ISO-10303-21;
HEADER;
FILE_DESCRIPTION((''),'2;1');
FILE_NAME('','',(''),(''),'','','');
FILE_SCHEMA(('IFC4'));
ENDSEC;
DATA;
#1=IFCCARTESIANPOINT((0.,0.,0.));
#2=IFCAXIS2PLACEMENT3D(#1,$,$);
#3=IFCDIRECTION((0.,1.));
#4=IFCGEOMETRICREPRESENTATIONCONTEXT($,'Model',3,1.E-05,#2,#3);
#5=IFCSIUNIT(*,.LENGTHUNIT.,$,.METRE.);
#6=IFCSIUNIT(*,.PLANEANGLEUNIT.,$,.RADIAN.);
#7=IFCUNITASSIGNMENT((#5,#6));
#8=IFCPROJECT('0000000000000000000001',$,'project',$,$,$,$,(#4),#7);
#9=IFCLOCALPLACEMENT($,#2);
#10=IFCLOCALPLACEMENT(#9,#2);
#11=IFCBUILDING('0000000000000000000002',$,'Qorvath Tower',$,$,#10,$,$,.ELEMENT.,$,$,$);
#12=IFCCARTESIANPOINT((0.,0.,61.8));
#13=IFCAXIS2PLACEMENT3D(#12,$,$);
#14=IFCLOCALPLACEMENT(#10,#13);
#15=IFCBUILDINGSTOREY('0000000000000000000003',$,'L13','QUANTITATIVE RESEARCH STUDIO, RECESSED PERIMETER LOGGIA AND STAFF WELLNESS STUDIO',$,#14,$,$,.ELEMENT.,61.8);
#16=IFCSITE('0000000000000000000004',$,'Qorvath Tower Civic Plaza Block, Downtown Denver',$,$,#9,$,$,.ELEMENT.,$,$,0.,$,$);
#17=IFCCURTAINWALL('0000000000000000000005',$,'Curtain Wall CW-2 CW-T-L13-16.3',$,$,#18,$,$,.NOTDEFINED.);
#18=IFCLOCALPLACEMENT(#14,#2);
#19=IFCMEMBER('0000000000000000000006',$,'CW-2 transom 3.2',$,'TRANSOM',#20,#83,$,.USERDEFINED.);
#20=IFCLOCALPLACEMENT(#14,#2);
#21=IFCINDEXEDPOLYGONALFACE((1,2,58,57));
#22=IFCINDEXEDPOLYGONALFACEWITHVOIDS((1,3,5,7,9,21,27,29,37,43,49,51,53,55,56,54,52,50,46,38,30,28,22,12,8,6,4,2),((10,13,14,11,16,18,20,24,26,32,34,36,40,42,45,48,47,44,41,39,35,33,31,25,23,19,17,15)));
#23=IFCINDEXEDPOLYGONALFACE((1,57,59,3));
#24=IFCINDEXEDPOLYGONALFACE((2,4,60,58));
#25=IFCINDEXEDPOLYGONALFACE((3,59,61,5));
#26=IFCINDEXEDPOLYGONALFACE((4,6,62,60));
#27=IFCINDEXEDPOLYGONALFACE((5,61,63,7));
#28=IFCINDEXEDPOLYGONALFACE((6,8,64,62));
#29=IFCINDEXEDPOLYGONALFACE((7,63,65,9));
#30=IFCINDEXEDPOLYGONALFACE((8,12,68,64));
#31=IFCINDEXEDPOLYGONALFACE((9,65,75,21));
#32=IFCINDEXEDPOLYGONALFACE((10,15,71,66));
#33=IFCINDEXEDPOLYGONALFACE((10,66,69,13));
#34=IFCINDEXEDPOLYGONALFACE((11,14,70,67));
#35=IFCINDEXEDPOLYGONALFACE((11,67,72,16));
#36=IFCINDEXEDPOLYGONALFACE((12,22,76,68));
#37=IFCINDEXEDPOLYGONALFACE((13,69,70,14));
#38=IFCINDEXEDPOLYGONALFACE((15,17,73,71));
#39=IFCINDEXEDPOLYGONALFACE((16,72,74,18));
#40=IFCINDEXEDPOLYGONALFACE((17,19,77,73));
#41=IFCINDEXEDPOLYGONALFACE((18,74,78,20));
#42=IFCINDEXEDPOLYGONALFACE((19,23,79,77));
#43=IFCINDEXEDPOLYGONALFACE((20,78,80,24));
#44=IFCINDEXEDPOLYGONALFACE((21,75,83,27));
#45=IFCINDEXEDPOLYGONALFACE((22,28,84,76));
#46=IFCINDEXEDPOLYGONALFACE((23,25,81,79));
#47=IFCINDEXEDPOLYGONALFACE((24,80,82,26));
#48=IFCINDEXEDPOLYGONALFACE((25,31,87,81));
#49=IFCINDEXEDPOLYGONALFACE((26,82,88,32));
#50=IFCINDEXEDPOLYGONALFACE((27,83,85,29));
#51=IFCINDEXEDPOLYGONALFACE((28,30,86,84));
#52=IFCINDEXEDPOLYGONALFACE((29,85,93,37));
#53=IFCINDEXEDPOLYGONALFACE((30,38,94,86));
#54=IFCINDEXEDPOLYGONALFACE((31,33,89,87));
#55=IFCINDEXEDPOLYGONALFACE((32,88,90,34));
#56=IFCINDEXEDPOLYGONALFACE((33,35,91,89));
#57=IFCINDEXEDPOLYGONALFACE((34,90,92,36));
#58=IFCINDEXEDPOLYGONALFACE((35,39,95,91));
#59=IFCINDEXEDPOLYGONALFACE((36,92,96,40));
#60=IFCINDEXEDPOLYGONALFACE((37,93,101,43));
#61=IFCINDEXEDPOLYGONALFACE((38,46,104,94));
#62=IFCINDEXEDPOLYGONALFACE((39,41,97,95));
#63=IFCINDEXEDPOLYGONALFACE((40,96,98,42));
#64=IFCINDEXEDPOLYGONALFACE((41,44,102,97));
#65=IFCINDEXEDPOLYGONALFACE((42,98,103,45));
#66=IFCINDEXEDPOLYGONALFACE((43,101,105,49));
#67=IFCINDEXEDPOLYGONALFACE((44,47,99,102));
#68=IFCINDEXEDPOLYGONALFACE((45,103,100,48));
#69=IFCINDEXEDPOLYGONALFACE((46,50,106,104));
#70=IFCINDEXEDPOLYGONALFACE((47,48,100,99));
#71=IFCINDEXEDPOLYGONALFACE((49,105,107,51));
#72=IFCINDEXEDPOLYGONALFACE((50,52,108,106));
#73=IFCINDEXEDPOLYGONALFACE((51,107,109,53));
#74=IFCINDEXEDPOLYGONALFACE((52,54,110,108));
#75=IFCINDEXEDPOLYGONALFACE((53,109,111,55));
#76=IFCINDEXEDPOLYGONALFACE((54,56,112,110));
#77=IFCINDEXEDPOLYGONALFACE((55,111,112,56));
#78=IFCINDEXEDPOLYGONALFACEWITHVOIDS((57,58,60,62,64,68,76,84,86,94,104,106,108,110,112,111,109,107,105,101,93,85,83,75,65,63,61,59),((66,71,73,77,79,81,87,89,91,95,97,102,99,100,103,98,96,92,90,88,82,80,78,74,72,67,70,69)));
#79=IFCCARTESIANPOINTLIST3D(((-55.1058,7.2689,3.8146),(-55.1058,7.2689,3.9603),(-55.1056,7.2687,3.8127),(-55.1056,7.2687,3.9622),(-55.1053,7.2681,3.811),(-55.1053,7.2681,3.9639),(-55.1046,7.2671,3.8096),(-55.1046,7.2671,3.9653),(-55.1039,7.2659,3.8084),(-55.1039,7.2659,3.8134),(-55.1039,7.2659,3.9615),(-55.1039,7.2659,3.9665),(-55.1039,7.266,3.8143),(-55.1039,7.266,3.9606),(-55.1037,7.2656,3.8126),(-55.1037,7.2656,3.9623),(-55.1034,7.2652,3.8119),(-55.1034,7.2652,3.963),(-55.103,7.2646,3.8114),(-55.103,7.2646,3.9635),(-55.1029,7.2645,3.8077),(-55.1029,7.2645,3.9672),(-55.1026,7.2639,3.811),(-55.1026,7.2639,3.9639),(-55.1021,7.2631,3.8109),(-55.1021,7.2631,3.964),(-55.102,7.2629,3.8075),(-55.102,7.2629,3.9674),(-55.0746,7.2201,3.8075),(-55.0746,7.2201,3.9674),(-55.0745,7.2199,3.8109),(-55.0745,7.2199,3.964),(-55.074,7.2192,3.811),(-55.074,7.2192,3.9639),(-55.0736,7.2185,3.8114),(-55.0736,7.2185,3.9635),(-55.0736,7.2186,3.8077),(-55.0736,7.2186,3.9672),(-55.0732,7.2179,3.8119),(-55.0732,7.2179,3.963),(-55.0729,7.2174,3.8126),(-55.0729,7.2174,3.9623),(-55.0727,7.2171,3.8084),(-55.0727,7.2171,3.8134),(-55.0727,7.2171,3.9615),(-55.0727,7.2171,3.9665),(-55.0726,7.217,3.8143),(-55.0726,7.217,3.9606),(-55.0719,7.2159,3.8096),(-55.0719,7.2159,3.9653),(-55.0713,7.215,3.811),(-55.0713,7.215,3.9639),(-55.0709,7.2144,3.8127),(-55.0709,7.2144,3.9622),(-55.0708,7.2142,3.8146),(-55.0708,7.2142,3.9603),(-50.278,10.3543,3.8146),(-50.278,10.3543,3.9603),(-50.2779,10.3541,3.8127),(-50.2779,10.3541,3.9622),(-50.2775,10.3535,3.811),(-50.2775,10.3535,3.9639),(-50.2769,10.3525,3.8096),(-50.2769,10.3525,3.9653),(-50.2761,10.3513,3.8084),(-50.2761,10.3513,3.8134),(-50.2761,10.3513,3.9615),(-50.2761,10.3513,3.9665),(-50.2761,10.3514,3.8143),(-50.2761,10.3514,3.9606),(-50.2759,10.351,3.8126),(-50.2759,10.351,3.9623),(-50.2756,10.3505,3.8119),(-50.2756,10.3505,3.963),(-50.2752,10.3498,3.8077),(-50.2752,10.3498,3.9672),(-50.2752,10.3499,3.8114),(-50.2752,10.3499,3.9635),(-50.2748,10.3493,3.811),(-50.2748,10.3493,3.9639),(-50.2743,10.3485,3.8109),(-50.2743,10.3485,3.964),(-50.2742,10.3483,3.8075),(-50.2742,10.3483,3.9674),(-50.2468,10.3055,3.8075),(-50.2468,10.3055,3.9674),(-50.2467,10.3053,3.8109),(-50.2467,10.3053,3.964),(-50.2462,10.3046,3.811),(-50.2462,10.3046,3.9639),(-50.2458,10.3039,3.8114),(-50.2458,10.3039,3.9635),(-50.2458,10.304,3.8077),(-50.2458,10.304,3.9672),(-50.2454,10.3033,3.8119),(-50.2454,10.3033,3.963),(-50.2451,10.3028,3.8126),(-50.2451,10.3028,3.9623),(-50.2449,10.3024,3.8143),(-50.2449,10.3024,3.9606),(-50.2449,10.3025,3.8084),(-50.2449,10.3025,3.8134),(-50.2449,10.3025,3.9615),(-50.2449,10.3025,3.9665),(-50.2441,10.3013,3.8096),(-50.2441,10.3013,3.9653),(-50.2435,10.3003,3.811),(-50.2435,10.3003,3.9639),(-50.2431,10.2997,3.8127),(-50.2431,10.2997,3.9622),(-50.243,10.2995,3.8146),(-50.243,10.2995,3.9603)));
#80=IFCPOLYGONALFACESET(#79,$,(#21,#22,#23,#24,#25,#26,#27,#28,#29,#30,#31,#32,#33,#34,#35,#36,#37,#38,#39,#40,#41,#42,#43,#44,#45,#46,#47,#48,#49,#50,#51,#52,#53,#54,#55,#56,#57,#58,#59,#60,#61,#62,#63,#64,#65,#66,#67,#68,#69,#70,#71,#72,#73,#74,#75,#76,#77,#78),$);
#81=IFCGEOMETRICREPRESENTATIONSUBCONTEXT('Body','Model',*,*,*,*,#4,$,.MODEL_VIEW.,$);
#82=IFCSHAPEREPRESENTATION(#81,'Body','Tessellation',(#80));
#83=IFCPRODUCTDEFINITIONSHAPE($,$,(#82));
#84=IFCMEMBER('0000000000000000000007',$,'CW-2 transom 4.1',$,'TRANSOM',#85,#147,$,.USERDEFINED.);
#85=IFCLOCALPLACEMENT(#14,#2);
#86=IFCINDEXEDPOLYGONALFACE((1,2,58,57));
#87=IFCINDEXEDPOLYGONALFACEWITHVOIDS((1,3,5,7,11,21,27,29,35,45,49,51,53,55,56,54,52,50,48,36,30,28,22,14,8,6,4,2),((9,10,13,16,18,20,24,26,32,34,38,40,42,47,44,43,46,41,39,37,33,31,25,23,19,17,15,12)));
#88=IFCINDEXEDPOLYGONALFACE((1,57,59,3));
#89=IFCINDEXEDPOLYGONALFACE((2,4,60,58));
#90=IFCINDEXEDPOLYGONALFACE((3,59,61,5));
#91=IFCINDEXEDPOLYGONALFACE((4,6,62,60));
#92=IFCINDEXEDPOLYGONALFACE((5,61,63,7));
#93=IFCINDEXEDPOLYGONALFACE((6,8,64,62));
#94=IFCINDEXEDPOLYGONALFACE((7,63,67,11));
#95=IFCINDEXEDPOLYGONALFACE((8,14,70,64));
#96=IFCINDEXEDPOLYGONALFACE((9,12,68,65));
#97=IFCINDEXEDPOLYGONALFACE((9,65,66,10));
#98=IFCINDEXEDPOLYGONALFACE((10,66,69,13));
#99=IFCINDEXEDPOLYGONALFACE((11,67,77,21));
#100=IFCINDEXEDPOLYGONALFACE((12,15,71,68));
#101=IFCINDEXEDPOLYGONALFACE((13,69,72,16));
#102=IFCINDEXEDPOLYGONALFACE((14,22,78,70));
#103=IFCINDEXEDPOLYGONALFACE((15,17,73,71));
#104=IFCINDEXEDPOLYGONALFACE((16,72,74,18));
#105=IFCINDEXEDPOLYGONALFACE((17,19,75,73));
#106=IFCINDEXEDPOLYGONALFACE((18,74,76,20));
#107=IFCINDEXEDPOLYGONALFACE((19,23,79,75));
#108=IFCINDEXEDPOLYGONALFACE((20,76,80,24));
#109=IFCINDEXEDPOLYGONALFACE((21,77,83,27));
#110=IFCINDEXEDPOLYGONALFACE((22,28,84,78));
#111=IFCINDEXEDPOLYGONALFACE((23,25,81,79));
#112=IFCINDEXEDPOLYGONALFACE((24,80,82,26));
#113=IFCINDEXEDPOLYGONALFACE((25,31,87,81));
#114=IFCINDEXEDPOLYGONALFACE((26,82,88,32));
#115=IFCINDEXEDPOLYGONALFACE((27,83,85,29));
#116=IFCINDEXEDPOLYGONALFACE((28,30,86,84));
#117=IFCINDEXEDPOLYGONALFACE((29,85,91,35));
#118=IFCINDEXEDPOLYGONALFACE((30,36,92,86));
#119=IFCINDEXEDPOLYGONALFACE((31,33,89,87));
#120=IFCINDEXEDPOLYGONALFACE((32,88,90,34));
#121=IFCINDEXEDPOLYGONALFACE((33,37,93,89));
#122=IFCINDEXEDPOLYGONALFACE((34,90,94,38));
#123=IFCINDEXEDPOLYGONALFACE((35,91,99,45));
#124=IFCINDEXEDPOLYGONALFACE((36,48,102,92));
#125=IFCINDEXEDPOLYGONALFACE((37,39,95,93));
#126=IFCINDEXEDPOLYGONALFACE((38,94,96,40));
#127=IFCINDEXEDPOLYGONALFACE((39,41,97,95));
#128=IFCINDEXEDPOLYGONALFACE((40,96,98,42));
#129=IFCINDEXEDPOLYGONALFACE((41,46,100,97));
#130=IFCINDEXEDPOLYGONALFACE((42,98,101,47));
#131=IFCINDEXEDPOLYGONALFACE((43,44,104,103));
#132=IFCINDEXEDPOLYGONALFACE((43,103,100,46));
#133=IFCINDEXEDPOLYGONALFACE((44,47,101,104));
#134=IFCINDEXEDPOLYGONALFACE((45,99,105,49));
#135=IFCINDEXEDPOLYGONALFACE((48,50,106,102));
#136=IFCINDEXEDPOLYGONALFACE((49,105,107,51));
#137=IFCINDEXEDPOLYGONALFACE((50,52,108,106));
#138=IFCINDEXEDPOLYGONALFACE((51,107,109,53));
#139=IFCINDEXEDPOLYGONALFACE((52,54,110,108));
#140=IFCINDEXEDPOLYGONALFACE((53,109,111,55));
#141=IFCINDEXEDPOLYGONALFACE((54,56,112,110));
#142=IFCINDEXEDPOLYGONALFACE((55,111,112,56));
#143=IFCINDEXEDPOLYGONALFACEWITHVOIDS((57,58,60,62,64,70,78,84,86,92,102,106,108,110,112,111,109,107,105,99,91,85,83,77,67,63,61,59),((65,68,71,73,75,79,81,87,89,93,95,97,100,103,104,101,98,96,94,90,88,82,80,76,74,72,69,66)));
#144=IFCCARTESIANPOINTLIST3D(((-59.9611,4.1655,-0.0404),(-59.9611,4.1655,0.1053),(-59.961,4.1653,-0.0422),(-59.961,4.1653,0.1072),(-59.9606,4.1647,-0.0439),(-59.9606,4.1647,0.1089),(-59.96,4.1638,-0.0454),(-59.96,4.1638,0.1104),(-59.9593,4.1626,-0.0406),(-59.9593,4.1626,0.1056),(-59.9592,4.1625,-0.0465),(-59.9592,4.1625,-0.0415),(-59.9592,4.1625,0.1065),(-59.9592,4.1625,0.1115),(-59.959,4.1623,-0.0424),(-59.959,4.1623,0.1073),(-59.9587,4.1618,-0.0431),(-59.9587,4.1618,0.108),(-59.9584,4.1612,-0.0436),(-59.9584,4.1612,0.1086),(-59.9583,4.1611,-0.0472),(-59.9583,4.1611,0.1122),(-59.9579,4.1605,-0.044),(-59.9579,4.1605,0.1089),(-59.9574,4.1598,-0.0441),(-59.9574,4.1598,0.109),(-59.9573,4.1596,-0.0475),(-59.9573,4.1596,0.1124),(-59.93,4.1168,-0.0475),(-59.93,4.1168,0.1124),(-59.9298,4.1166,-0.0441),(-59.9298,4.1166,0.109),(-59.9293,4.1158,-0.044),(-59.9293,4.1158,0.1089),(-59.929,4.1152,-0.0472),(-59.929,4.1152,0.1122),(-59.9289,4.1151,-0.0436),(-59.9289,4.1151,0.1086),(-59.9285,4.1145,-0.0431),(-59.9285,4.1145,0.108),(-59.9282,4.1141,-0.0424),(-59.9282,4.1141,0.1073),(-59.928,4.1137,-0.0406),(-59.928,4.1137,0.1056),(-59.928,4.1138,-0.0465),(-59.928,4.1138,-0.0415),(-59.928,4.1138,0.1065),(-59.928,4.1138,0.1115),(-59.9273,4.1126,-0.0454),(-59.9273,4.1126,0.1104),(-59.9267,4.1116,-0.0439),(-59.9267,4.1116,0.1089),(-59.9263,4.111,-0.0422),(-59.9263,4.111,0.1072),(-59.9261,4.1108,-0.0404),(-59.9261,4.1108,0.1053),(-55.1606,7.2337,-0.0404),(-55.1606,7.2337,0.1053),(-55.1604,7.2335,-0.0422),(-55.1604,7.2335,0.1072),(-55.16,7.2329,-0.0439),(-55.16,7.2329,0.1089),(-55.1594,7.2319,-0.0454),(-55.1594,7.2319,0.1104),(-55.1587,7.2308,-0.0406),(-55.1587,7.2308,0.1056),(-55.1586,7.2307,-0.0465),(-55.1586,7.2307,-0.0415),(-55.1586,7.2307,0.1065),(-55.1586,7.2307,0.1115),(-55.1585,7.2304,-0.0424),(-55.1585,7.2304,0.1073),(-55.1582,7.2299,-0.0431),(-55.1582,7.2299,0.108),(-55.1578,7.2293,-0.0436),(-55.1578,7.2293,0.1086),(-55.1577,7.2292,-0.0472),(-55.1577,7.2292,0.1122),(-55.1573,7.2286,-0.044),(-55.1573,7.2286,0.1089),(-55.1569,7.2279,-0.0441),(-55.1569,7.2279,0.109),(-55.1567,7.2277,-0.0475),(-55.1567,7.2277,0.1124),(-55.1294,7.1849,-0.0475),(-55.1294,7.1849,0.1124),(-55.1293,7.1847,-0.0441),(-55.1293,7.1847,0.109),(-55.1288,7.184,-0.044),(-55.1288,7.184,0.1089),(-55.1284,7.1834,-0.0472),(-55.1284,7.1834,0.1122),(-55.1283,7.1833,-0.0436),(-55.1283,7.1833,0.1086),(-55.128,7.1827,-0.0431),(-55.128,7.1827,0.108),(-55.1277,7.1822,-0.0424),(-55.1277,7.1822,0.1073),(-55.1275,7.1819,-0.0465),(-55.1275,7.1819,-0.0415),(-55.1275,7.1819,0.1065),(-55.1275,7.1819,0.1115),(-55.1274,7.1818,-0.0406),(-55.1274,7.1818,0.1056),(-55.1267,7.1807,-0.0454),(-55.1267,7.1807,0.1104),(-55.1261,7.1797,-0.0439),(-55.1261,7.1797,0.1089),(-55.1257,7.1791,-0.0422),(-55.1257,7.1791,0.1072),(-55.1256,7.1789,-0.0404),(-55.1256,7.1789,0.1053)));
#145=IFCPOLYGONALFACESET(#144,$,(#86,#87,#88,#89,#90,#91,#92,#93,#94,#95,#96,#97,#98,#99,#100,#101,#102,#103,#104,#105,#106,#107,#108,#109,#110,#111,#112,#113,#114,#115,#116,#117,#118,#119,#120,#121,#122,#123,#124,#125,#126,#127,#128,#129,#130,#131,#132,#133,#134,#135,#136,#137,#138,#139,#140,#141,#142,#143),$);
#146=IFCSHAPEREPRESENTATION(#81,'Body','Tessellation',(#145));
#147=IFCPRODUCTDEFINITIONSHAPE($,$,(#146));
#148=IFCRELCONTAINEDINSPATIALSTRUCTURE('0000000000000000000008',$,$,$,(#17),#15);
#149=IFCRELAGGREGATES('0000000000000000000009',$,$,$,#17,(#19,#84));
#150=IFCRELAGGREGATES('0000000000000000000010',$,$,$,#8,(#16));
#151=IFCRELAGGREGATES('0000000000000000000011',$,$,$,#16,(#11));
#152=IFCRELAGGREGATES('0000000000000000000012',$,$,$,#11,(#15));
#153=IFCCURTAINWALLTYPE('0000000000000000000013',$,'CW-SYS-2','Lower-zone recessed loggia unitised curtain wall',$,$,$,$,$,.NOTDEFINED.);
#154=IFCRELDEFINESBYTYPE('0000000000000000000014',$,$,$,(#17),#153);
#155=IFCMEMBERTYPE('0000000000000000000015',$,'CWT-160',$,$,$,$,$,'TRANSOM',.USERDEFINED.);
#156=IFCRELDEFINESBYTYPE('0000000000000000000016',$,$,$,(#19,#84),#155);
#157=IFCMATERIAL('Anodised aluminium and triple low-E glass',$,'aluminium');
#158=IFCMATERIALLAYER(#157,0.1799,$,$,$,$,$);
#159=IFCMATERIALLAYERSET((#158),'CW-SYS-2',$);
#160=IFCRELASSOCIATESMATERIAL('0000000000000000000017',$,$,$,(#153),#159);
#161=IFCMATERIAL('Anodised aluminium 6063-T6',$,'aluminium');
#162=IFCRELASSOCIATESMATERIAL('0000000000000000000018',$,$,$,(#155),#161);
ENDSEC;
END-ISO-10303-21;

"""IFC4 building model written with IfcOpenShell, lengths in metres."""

from ifc_helpers import new_model, si_unit, direction, frame, origin, origin_2d, place, context, subcontext, project, spatial, hollow_rectangle, extrude, material, layer, layer_set, material_profile, profile_set, type_object, element, aggregate, save


model = new_model("IFC4")

# Units and contexts
model_context = context("Model", 3, precision=1e-05, world=origin(), true_north=direction((0.0, 1.0)))
body_context = subcontext(model_context, "Body", "Model", "MODEL_VIEW")
ifc_project = project(units=[si_unit("LENGTHUNIT", "METRE"), si_unit("PLANEANGLEUNIT", "RADIAN")], contexts=[model_context])

# Site, building, storey
site_placement = place(None, origin())
site = spatial("IfcSite", under=ifc_project, at=site_placement, Name="Qorvath Tower Civic Plaza Block, Downtown Denver", CompositionType="ELEMENT", RefElevation=0.0)
building_placement = place(site_placement, origin())
building = spatial("IfcBuilding", under=site, at=building_placement, Name="Qorvath Tower", CompositionType="ELEMENT")
storey_placement = place(building_placement, frame((0.0, 0.0, 61.8)))
storey = spatial("IfcBuildingStorey", under=building, at=storey_placement, Name="L13", Description="QUANTITATIVE RESEARCH STUDIO, RECESSED PERIMETER LOGGIA AND STAFF WELLNESS STUDIO", CompositionType="ELEMENT", Elevation=61.8)

# Curtain wall, members
ifc_material_1 = material(Name="Anodised aluminium and triple low-E glass", Category="aluminium")
ifc_layer_1 = layer(ifc_material_1, 0.1799)
ifc_layer_set_1 = layer_set([ifc_layer_1], Name="CW-SYS-2")
curtain_wall_type = type_object("IfcCurtainWallType", Name="CW-SYS-2", Description="Lower-zone recessed loggia unitised curtain wall", PredefinedType="NOTDEFINED", material=ifc_layer_set_1)
curtain_wall_placement = place(storey_placement, origin())
curtain_wall = element("IfcCurtainWall", 1, at=curtain_wall_placement, inside=storey, type_object=curtain_wall_type, Name="Curtain Wall CW-2 CW-T-L13-16.3", PredefinedType="NOTDEFINED")
ifc_material_2 = material(Name="Anodised aluminium 6063-T6", Category="aluminium")
ifc_material_profile_1 = material_profile(ifc_material_2, hollow_rectangle(XDim=0.0649, YDim=0.1599, WallThickness=0.0034, InnerFilletRadius=0.0034, OuterFilletRadius=0.0071, at=origin_2d()), Name="CWT 160x65")
ifc_profile_set_1 = profile_set([ifc_material_profile_1], Name="Anodised aluminium 6063-T6")
member_type_1 = type_object("IfcMemberType", Name="CWT-160", ElementType="TRANSOM", PredefinedType="USERDEFINED", material=ifc_profile_set_1)
member_1_placement = place(storey_placement, frame((-50.2605, 10.3269, 3.8875), z_axis=(-0.842619, -0.538509, 0.0), x_axis=(0.538509, -0.842619, 0.0)))
member_1 = element("IfcMember", 2, at=member_1_placement, type_object=member_type_1, Name="CW-2 transom 3.2", ObjectType="TRANSOM", PredefinedType="USERDEFINED", context=body_context, shape_type="SweptSolid", body=[
    extrude(hollow_rectangle(XDim=0.0649, YDim=0.1599, WallThickness=0.0034, InnerFilletRadius=0.0034, OuterFilletRadius=0.0071, at=origin_2d()), origin(), (0.0, 0.0, 1.0), 5.7295),
])
member_2_placement = place(storey_placement, frame((-55.1431, 7.2063, 0.0325), z_axis=(-0.842608, -0.538527, 0.0), x_axis=(0.538527, -0.842608, 0.0)))
member_2 = element("IfcMember", 3, at=member_2_placement, type_object=member_type_1, Name="CW-2 transom 4.1", ObjectType="TRANSOM", PredefinedType="USERDEFINED", context=body_context, shape_type="SweptSolid", body=[
    extrude(hollow_rectangle(XDim=0.0649, YDim=0.1599, WallThickness=0.0034, InnerFilletRadius=0.0034, OuterFilletRadius=0.0071, at=origin_2d()), origin(), (0.0, 0.0, 1.0), 5.6973),
])

aggregate(curtain_wall, [member_1, member_2])

save(model, "model.ifc")
